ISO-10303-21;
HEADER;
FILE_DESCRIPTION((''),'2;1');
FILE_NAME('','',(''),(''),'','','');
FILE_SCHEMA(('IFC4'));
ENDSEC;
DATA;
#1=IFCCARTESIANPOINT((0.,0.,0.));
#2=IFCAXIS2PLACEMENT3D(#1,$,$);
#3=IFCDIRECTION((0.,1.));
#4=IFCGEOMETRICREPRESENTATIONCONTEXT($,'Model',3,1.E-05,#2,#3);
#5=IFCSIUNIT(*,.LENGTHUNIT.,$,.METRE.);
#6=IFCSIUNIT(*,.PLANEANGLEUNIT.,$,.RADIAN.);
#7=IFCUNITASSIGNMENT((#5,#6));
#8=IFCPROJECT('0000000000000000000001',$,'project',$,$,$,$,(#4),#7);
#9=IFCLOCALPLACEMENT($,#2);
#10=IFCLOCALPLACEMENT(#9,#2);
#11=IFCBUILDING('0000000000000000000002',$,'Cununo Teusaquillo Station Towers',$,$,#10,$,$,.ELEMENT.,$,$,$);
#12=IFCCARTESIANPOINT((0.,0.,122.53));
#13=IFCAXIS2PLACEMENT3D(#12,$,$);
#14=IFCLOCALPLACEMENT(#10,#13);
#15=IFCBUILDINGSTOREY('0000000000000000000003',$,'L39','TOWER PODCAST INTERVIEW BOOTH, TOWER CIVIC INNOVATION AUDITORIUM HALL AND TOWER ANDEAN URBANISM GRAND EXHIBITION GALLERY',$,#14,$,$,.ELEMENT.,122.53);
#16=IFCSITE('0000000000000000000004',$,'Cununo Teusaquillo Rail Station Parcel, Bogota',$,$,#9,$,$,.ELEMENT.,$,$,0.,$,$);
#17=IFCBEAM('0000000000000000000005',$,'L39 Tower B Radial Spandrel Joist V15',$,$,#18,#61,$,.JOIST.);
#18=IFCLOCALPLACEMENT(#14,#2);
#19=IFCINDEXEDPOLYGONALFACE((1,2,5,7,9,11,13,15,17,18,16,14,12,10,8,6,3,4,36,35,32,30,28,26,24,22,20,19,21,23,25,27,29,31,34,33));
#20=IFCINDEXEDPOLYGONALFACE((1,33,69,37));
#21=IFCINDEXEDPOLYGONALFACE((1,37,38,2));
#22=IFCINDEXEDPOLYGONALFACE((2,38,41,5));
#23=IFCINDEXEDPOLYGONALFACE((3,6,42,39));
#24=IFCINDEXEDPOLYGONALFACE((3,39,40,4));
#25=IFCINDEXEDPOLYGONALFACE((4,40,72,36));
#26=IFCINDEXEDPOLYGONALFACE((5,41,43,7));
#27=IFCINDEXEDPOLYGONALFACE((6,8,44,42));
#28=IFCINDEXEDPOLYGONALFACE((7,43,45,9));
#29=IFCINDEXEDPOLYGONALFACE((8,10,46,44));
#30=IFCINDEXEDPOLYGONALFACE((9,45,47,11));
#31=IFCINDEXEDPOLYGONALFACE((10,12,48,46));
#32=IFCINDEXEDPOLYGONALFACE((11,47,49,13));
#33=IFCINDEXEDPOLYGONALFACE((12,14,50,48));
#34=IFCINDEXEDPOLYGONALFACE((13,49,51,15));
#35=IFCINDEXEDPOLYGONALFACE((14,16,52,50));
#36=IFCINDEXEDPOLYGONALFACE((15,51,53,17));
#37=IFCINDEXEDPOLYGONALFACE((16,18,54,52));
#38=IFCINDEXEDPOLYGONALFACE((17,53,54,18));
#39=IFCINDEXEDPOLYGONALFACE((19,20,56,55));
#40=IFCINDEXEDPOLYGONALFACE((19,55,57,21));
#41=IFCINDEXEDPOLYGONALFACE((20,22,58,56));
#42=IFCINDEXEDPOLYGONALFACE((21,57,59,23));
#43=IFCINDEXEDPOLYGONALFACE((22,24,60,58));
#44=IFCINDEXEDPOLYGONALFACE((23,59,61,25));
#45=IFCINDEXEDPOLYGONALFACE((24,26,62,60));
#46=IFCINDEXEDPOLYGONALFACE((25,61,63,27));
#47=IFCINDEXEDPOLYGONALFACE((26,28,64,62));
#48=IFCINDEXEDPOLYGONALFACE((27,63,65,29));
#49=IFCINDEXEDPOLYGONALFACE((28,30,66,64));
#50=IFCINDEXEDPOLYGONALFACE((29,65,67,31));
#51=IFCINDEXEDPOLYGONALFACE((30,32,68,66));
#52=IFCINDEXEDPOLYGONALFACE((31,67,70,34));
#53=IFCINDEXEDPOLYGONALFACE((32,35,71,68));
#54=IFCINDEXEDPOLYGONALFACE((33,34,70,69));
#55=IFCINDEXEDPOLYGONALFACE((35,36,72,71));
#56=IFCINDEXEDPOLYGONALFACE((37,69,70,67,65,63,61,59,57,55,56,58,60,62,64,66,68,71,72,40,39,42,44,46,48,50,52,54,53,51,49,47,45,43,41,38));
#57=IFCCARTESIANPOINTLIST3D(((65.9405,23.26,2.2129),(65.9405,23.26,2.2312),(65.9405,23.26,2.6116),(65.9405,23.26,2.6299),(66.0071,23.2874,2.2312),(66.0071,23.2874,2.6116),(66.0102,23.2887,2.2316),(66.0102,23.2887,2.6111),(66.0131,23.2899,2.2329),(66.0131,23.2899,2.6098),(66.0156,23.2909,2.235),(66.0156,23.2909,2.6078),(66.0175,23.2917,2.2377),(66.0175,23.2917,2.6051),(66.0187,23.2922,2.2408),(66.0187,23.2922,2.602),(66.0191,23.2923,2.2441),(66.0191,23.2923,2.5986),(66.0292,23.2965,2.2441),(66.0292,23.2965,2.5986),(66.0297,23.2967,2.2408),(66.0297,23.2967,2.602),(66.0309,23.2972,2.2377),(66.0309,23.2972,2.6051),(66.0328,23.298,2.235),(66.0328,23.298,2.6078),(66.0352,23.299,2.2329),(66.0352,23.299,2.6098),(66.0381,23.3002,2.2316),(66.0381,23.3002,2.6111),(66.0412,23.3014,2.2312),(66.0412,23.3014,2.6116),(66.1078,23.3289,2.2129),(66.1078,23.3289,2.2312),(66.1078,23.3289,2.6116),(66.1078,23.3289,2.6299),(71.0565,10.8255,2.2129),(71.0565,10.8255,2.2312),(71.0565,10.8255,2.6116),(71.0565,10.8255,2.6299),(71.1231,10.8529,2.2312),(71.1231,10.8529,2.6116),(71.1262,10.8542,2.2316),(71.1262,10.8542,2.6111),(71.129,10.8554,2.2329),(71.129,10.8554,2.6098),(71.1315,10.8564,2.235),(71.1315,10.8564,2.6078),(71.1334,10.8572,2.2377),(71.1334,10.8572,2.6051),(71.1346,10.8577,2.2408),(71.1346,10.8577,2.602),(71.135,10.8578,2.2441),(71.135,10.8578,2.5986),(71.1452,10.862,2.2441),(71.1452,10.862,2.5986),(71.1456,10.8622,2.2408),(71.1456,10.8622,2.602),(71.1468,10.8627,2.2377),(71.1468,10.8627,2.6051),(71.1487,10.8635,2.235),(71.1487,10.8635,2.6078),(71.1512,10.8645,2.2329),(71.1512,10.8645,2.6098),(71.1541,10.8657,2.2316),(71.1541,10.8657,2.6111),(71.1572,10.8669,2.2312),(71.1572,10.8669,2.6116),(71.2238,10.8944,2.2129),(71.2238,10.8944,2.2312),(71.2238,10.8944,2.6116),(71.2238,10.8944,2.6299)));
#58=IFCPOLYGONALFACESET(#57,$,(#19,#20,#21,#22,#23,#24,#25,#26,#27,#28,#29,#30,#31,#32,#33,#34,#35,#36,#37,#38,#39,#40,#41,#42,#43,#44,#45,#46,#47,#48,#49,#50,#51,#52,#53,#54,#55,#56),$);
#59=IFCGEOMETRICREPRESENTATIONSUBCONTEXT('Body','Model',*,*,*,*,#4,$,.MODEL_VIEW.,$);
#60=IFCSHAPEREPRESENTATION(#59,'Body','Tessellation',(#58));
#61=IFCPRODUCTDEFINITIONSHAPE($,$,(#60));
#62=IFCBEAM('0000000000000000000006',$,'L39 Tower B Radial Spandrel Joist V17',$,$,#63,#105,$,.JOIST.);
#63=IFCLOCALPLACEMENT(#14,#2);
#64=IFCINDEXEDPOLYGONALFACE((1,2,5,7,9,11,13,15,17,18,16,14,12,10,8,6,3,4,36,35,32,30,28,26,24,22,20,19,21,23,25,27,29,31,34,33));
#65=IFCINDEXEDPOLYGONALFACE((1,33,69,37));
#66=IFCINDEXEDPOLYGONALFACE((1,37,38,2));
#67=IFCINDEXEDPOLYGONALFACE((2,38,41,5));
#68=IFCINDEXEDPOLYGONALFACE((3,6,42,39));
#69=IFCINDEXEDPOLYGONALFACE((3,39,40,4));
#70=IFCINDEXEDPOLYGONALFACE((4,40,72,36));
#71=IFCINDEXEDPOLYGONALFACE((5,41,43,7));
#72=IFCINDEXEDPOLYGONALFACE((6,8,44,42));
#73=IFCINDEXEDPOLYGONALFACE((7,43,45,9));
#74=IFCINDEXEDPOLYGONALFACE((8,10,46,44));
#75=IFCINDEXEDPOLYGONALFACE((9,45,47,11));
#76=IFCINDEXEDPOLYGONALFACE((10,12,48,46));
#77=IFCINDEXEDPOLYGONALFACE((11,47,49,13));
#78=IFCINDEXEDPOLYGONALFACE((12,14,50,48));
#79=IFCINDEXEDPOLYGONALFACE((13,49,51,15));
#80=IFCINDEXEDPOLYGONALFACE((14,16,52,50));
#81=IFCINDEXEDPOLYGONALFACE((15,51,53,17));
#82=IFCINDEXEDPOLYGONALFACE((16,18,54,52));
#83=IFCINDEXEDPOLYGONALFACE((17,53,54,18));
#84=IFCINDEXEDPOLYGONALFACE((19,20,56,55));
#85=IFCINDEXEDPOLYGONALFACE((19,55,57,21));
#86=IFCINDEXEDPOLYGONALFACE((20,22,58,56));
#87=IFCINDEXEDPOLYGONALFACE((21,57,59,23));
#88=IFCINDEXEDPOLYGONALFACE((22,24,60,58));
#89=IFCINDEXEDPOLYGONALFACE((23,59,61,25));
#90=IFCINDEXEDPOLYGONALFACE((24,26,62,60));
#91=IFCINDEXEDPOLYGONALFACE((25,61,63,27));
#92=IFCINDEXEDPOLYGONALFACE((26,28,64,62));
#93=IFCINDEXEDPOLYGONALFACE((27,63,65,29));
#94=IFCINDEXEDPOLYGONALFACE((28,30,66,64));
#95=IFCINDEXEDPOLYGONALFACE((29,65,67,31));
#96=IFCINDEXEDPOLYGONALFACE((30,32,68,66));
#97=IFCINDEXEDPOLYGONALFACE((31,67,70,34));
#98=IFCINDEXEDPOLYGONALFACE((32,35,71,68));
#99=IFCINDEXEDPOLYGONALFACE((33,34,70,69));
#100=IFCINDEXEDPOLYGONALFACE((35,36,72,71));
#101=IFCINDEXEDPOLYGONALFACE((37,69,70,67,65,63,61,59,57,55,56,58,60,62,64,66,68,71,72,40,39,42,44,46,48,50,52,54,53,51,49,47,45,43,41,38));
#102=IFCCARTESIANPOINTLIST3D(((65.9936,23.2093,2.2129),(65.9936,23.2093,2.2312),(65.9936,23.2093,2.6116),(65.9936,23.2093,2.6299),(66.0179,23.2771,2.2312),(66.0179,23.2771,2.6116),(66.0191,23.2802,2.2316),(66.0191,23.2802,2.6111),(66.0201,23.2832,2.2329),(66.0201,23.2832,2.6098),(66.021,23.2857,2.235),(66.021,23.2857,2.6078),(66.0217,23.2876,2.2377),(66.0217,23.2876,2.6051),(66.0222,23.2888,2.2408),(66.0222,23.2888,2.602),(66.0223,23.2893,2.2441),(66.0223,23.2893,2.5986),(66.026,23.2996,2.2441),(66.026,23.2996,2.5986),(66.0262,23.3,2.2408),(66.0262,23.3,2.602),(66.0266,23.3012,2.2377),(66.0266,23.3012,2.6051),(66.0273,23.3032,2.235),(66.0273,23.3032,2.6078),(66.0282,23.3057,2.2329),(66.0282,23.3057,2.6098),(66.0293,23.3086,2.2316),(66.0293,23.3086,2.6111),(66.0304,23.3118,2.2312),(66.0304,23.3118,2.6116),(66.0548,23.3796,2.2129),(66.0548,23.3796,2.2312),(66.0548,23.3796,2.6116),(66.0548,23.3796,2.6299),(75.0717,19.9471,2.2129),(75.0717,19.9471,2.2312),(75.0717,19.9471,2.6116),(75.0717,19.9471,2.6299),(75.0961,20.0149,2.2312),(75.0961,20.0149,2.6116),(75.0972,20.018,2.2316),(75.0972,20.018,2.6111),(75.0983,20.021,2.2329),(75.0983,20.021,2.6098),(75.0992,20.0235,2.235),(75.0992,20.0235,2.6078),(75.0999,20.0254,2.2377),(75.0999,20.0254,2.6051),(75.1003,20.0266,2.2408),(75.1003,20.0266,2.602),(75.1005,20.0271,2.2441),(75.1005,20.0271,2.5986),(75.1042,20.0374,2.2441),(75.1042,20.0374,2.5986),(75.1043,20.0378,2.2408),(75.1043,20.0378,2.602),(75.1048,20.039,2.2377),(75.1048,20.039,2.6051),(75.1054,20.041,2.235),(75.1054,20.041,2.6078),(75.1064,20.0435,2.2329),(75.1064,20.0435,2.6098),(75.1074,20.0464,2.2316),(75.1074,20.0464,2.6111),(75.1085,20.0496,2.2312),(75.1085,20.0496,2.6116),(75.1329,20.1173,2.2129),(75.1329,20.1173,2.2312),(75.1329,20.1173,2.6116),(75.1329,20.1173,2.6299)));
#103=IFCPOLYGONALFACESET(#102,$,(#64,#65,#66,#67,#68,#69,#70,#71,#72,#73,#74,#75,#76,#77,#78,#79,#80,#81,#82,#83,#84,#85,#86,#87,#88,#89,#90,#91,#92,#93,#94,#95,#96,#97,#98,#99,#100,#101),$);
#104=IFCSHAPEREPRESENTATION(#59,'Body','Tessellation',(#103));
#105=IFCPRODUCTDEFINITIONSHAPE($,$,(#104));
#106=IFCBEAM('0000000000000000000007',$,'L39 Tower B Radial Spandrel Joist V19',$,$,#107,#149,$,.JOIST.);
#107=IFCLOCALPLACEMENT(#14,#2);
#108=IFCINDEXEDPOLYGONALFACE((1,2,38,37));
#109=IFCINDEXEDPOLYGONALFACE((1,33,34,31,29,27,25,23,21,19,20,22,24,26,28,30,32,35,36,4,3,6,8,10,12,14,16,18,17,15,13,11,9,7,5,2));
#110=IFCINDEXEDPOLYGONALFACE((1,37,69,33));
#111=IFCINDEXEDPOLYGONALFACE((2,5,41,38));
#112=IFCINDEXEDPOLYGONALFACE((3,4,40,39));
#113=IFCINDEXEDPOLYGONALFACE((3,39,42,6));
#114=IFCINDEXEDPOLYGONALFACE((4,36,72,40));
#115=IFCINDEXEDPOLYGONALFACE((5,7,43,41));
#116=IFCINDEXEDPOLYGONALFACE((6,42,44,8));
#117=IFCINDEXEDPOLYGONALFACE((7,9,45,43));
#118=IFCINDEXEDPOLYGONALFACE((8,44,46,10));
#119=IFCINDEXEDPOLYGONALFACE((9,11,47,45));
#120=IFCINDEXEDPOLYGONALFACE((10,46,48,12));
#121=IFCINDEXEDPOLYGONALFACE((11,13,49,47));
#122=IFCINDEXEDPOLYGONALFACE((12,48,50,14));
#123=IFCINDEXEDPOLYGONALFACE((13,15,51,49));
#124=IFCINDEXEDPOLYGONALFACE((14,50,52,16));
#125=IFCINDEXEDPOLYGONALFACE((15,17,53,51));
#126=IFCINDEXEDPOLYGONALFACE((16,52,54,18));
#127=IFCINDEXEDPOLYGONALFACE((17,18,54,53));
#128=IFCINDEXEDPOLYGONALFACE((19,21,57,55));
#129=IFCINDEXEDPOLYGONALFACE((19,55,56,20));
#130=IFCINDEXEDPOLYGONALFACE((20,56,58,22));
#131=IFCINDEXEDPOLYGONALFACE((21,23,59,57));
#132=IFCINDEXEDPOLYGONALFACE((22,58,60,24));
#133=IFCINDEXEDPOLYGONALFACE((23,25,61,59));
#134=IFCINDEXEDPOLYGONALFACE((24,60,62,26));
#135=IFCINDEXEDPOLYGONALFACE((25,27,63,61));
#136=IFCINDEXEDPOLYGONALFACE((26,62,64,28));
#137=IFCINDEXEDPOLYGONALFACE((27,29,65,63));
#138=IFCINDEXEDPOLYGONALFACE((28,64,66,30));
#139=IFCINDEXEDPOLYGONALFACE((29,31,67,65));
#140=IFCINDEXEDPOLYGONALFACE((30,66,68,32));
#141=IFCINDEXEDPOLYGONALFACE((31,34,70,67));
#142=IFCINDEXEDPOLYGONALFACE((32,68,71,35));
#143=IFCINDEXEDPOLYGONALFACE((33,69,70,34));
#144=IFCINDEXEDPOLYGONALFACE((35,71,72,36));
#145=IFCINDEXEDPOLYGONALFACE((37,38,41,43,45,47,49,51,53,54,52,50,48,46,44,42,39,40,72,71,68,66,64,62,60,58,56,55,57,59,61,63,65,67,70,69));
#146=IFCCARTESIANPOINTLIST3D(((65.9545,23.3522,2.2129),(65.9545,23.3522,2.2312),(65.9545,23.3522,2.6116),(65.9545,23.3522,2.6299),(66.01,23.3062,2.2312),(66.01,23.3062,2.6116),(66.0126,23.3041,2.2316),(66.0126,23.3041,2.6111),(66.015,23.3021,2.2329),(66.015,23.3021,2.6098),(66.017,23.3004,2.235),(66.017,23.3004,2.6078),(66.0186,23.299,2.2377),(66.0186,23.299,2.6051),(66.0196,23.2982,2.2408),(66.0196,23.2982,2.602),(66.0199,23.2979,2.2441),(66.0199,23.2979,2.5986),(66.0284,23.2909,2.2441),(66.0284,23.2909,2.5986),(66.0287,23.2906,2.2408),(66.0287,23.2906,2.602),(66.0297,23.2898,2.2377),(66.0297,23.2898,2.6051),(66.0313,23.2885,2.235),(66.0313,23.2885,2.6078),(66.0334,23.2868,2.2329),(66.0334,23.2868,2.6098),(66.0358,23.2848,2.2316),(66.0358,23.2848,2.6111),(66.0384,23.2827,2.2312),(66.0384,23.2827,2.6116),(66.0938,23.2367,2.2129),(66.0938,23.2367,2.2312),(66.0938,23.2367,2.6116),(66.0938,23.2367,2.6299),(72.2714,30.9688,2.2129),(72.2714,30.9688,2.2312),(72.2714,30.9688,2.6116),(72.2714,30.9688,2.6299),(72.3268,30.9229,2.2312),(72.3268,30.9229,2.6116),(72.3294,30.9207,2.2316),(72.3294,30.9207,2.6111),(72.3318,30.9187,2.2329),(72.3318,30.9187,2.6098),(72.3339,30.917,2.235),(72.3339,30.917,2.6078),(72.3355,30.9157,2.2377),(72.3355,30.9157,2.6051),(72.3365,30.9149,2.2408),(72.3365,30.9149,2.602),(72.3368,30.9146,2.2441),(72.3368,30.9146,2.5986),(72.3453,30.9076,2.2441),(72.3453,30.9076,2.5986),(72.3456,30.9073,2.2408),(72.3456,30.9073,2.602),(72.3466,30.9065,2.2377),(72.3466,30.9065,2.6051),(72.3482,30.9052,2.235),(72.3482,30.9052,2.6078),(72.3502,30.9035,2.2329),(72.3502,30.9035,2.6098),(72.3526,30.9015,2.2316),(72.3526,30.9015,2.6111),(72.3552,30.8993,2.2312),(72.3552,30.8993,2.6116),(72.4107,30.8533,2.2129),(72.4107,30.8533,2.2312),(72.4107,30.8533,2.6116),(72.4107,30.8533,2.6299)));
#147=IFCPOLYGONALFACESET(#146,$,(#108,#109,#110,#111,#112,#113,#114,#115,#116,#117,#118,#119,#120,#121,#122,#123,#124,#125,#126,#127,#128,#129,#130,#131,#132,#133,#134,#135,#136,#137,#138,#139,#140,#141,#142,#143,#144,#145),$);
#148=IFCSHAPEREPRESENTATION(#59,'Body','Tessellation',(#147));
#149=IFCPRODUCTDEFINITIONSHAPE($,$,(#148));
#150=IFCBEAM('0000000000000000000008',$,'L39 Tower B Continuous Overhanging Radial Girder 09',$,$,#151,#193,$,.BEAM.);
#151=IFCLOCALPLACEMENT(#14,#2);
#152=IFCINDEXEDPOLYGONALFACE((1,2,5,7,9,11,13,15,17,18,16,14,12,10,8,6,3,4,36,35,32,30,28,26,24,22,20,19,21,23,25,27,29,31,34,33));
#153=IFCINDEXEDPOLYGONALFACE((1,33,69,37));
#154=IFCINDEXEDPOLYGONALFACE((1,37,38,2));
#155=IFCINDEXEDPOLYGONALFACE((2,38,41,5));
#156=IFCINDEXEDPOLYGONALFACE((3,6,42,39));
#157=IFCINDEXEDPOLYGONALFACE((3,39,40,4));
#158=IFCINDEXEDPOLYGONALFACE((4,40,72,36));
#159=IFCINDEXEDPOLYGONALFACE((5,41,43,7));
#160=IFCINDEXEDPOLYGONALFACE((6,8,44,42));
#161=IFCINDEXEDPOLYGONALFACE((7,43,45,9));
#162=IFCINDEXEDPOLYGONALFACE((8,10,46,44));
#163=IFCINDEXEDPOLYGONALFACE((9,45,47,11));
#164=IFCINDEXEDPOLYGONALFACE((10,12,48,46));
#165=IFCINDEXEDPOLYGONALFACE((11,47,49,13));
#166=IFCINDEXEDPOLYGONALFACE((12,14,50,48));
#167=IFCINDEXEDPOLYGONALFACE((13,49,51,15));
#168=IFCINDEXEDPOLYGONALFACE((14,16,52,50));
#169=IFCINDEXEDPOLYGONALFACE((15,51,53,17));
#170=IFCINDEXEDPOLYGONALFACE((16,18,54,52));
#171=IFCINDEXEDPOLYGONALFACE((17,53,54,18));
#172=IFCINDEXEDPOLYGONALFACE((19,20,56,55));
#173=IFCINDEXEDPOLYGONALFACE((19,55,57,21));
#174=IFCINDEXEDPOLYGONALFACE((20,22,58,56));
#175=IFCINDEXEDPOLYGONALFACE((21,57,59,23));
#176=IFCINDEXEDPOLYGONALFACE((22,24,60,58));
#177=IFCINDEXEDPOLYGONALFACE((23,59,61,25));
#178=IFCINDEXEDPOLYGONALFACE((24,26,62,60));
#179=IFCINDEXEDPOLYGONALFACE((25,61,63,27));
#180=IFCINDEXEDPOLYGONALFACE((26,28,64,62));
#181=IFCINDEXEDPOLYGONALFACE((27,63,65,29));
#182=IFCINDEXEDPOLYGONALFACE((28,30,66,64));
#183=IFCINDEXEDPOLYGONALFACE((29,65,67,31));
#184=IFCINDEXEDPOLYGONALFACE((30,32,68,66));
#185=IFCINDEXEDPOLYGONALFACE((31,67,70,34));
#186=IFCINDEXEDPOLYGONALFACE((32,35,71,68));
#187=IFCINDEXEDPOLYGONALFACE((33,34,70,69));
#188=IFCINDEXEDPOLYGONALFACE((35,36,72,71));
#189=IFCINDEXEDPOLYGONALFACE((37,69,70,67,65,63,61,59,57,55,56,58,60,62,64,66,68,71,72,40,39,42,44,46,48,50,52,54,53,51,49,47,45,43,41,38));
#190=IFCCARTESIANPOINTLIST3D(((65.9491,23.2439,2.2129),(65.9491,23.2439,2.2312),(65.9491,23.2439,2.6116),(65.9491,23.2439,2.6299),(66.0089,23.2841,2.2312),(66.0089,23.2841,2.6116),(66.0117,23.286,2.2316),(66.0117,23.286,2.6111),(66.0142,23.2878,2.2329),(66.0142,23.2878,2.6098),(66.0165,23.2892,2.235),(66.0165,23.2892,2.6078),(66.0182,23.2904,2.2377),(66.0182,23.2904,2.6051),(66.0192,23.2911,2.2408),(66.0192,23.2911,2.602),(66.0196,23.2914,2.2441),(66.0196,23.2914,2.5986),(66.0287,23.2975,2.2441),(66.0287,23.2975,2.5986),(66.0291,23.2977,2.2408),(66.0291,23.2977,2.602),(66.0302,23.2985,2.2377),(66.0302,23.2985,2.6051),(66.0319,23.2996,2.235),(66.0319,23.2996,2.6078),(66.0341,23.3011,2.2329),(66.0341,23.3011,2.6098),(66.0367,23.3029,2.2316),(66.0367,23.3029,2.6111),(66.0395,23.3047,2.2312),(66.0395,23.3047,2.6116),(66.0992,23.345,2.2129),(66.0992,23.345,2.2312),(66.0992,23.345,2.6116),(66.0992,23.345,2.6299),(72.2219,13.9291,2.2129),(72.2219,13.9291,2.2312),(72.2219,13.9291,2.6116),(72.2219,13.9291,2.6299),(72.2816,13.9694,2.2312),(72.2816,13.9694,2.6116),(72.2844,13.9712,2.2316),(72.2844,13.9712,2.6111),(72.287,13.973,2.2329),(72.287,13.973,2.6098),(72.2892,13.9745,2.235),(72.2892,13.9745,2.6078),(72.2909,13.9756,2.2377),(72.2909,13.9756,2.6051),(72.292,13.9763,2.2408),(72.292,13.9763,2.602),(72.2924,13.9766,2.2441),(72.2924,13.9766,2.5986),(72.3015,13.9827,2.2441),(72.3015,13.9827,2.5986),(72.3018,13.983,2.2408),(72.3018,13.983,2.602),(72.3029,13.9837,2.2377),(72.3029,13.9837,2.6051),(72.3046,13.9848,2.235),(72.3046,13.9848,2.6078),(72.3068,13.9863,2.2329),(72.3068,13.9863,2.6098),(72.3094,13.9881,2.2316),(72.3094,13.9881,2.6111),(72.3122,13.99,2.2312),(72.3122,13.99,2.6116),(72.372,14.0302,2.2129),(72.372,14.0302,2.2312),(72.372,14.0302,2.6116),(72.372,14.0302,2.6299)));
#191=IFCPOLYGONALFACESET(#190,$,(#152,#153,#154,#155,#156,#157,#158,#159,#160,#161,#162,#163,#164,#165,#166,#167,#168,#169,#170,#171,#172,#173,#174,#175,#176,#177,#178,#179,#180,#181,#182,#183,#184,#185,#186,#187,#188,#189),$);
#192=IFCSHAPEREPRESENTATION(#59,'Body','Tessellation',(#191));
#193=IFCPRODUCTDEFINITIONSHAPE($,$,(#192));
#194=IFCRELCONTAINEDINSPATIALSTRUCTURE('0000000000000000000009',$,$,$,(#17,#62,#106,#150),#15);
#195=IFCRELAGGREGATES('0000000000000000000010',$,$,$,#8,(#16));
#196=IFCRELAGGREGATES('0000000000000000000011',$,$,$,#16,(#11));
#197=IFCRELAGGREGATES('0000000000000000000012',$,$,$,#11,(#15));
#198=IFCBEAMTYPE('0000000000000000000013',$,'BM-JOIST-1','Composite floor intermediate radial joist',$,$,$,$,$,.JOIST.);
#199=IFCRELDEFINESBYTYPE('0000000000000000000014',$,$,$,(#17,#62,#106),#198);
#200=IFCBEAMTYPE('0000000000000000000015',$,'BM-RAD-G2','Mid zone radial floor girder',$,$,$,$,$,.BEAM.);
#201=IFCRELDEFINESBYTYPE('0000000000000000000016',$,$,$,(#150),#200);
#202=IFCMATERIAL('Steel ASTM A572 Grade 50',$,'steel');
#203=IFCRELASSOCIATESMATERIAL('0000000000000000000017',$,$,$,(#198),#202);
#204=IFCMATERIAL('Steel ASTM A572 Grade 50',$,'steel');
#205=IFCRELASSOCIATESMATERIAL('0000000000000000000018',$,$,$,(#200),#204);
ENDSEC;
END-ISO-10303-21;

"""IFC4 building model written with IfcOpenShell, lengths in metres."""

from ifc_helpers import new_model, si_unit, direction, frame, origin, origin_2d, place, context, subcontext, project, spatial, i_section, extrude, material, material_profile, profile_set, type_object, element, save


model = new_model("IFC4")

# Units and contexts
model_context = context("Model", 3, precision=1e-05, world=origin(), true_north=direction((0.0, 1.0)))
body_context = subcontext(model_context, "Body", "Model", "MODEL_VIEW")
ifc_project = project(units=[si_unit("LENGTHUNIT", "METRE"), si_unit("PLANEANGLEUNIT", "RADIAN")], contexts=[model_context])

# Site, building, storey
site_placement = place(None, origin())
site = spatial("IfcSite", under=ifc_project, at=site_placement, Name="Cununo Teusaquillo Rail Station Parcel, Bogota", CompositionType="ELEMENT", RefElevation=0.0)
building_placement = place(site_placement, origin())
building = spatial("IfcBuilding", under=site, at=building_placement, Name="Cununo Teusaquillo Station Towers", CompositionType="ELEMENT")
storey_placement = place(building_placement, frame((0.0, 0.0, 122.53)))
storey = spatial("IfcBuildingStorey", under=building, at=storey_placement, Name="L39", Description="TOWER PODCAST INTERVIEW BOOTH, TOWER CIVIC INNOVATION AUDITORIUM HALL AND TOWER ANDEAN URBANISM GRAND EXHIBITION GALLERY", CompositionType="ELEMENT", Elevation=122.53)

# Beams
ifc_material_1 = material(Name="Steel ASTM A572 Grade 50", Category="steel")
ifc_material_profile_1 = material_profile(ifc_material_1, i_section(OverallWidth=0.1809, OverallDepth=0.417, WebThickness=0.011, FlangeThickness=0.0183, FilletRadius=0.0129, at=origin_2d()), Name="W16X57")
ifc_profile_set_1 = profile_set([ifc_material_profile_1], Name="Steel ASTM A572 Grade 50")
beam_type_1 = type_object("IfcBeamType", Name="BM-JOIST-1", Description="Composite floor intermediate radial joist", PredefinedType="JOIST", material=ifc_profile_set_1)
beam_1_placement = place(storey_placement, frame((66.0242, 23.2944, 2.4214), z_axis=(0.380486, -0.924787, 0.0), x_axis=(0.924787, 0.380486, 0.0)))
element("IfcBeam", 1, at=beam_1_placement, inside=storey, type_object=beam_type_1, Name="L39 Tower B Radial Spandrel Joist V15", PredefinedType="JOIST", context=body_context, shape_type="SweptSolid", body=[
    extrude(i_section(OverallWidth=0.1809, OverallDepth=0.417, WebThickness=0.011, FlangeThickness=0.0183, FilletRadius=0.0129, at=origin_2d()), origin(), (0.0, 0.0, 1.0), 13.4458),
])
beam_2_placement = place(storey_placement, frame((66.0242, 23.2944, 2.4214), z_axis=(0.941083, -0.338176, 0.0), x_axis=(0.338176, 0.941083, 0.0)))
element("IfcBeam", 2, at=beam_2_placement, inside=storey, type_object=beam_type_1, Name="L39 Tower B Radial Spandrel Joist V17", PredefinedType="JOIST", context=body_context, shape_type="SweptSolid", body=[
    extrude(i_section(OverallWidth=0.1809, OverallDepth=0.417, WebThickness=0.011, FlangeThickness=0.0183, FilletRadius=0.0129, at=origin_2d()), origin(), (0.0, 0.0, 1.0), 9.6465),
])
beam_3_placement = place(storey_placement, frame((66.0242, 23.2944, 2.4214), z_axis=(0.638372, 0.769728, 0.0), x_axis=(-0.769728, 0.638372, 0.0)))
element("IfcBeam", 3, at=beam_3_placement, inside=storey, type_object=beam_type_1, Name="L39 Tower B Radial Spandrel Joist V19", PredefinedType="JOIST", context=body_context, shape_type="SweptSolid", body=[
    extrude(i_section(OverallWidth=0.1809, OverallDepth=0.417, WebThickness=0.011, FlangeThickness=0.0183, FilletRadius=0.0129, at=origin_2d()), origin(), (0.0, 0.0, 1.0), 9.8953),
])
ifc_material_2 = material(Name="Steel ASTM A572 Grade 50", Category="steel")
ifc_material_profile_2 = material_profile(ifc_material_2, i_section(OverallWidth=0.1809, OverallDepth=0.417, WebThickness=0.011, FlangeThickness=0.0183, FilletRadius=0.0129, at=origin_2d()), Name="W16X57")
ifc_profile_set_2 = profile_set([ifc_material_profile_2], Name="Steel ASTM A572 Grade 50")
beam_type_2 = type_object("IfcBeamType", Name="BM-RAD-G2", Description="Mid zone radial floor girder", PredefinedType="BEAM", material=ifc_profile_set_2)
beam_4_placement = place(storey_placement, frame((66.0242, 23.2944, 2.4214), z_axis=(0.558572, -0.829456, 0.0), x_axis=(0.829456, 0.558572, 0.0)))
element("IfcBeam", 4, at=beam_4_placement, inside=storey, type_object=beam_type_2, Name="L39 Tower B Continuous Overhanging Radial Girder 09", PredefinedType="BEAM", context=body_context, shape_type="SweptSolid", body=[
    extrude(i_section(OverallWidth=0.1809, OverallDepth=0.417, WebThickness=0.011, FlangeThickness=0.0183, FilletRadius=0.0129, at=origin_2d()), origin(), (0.0, 0.0, 1.0), 11.23),
])

save(model, "model.ifc")
